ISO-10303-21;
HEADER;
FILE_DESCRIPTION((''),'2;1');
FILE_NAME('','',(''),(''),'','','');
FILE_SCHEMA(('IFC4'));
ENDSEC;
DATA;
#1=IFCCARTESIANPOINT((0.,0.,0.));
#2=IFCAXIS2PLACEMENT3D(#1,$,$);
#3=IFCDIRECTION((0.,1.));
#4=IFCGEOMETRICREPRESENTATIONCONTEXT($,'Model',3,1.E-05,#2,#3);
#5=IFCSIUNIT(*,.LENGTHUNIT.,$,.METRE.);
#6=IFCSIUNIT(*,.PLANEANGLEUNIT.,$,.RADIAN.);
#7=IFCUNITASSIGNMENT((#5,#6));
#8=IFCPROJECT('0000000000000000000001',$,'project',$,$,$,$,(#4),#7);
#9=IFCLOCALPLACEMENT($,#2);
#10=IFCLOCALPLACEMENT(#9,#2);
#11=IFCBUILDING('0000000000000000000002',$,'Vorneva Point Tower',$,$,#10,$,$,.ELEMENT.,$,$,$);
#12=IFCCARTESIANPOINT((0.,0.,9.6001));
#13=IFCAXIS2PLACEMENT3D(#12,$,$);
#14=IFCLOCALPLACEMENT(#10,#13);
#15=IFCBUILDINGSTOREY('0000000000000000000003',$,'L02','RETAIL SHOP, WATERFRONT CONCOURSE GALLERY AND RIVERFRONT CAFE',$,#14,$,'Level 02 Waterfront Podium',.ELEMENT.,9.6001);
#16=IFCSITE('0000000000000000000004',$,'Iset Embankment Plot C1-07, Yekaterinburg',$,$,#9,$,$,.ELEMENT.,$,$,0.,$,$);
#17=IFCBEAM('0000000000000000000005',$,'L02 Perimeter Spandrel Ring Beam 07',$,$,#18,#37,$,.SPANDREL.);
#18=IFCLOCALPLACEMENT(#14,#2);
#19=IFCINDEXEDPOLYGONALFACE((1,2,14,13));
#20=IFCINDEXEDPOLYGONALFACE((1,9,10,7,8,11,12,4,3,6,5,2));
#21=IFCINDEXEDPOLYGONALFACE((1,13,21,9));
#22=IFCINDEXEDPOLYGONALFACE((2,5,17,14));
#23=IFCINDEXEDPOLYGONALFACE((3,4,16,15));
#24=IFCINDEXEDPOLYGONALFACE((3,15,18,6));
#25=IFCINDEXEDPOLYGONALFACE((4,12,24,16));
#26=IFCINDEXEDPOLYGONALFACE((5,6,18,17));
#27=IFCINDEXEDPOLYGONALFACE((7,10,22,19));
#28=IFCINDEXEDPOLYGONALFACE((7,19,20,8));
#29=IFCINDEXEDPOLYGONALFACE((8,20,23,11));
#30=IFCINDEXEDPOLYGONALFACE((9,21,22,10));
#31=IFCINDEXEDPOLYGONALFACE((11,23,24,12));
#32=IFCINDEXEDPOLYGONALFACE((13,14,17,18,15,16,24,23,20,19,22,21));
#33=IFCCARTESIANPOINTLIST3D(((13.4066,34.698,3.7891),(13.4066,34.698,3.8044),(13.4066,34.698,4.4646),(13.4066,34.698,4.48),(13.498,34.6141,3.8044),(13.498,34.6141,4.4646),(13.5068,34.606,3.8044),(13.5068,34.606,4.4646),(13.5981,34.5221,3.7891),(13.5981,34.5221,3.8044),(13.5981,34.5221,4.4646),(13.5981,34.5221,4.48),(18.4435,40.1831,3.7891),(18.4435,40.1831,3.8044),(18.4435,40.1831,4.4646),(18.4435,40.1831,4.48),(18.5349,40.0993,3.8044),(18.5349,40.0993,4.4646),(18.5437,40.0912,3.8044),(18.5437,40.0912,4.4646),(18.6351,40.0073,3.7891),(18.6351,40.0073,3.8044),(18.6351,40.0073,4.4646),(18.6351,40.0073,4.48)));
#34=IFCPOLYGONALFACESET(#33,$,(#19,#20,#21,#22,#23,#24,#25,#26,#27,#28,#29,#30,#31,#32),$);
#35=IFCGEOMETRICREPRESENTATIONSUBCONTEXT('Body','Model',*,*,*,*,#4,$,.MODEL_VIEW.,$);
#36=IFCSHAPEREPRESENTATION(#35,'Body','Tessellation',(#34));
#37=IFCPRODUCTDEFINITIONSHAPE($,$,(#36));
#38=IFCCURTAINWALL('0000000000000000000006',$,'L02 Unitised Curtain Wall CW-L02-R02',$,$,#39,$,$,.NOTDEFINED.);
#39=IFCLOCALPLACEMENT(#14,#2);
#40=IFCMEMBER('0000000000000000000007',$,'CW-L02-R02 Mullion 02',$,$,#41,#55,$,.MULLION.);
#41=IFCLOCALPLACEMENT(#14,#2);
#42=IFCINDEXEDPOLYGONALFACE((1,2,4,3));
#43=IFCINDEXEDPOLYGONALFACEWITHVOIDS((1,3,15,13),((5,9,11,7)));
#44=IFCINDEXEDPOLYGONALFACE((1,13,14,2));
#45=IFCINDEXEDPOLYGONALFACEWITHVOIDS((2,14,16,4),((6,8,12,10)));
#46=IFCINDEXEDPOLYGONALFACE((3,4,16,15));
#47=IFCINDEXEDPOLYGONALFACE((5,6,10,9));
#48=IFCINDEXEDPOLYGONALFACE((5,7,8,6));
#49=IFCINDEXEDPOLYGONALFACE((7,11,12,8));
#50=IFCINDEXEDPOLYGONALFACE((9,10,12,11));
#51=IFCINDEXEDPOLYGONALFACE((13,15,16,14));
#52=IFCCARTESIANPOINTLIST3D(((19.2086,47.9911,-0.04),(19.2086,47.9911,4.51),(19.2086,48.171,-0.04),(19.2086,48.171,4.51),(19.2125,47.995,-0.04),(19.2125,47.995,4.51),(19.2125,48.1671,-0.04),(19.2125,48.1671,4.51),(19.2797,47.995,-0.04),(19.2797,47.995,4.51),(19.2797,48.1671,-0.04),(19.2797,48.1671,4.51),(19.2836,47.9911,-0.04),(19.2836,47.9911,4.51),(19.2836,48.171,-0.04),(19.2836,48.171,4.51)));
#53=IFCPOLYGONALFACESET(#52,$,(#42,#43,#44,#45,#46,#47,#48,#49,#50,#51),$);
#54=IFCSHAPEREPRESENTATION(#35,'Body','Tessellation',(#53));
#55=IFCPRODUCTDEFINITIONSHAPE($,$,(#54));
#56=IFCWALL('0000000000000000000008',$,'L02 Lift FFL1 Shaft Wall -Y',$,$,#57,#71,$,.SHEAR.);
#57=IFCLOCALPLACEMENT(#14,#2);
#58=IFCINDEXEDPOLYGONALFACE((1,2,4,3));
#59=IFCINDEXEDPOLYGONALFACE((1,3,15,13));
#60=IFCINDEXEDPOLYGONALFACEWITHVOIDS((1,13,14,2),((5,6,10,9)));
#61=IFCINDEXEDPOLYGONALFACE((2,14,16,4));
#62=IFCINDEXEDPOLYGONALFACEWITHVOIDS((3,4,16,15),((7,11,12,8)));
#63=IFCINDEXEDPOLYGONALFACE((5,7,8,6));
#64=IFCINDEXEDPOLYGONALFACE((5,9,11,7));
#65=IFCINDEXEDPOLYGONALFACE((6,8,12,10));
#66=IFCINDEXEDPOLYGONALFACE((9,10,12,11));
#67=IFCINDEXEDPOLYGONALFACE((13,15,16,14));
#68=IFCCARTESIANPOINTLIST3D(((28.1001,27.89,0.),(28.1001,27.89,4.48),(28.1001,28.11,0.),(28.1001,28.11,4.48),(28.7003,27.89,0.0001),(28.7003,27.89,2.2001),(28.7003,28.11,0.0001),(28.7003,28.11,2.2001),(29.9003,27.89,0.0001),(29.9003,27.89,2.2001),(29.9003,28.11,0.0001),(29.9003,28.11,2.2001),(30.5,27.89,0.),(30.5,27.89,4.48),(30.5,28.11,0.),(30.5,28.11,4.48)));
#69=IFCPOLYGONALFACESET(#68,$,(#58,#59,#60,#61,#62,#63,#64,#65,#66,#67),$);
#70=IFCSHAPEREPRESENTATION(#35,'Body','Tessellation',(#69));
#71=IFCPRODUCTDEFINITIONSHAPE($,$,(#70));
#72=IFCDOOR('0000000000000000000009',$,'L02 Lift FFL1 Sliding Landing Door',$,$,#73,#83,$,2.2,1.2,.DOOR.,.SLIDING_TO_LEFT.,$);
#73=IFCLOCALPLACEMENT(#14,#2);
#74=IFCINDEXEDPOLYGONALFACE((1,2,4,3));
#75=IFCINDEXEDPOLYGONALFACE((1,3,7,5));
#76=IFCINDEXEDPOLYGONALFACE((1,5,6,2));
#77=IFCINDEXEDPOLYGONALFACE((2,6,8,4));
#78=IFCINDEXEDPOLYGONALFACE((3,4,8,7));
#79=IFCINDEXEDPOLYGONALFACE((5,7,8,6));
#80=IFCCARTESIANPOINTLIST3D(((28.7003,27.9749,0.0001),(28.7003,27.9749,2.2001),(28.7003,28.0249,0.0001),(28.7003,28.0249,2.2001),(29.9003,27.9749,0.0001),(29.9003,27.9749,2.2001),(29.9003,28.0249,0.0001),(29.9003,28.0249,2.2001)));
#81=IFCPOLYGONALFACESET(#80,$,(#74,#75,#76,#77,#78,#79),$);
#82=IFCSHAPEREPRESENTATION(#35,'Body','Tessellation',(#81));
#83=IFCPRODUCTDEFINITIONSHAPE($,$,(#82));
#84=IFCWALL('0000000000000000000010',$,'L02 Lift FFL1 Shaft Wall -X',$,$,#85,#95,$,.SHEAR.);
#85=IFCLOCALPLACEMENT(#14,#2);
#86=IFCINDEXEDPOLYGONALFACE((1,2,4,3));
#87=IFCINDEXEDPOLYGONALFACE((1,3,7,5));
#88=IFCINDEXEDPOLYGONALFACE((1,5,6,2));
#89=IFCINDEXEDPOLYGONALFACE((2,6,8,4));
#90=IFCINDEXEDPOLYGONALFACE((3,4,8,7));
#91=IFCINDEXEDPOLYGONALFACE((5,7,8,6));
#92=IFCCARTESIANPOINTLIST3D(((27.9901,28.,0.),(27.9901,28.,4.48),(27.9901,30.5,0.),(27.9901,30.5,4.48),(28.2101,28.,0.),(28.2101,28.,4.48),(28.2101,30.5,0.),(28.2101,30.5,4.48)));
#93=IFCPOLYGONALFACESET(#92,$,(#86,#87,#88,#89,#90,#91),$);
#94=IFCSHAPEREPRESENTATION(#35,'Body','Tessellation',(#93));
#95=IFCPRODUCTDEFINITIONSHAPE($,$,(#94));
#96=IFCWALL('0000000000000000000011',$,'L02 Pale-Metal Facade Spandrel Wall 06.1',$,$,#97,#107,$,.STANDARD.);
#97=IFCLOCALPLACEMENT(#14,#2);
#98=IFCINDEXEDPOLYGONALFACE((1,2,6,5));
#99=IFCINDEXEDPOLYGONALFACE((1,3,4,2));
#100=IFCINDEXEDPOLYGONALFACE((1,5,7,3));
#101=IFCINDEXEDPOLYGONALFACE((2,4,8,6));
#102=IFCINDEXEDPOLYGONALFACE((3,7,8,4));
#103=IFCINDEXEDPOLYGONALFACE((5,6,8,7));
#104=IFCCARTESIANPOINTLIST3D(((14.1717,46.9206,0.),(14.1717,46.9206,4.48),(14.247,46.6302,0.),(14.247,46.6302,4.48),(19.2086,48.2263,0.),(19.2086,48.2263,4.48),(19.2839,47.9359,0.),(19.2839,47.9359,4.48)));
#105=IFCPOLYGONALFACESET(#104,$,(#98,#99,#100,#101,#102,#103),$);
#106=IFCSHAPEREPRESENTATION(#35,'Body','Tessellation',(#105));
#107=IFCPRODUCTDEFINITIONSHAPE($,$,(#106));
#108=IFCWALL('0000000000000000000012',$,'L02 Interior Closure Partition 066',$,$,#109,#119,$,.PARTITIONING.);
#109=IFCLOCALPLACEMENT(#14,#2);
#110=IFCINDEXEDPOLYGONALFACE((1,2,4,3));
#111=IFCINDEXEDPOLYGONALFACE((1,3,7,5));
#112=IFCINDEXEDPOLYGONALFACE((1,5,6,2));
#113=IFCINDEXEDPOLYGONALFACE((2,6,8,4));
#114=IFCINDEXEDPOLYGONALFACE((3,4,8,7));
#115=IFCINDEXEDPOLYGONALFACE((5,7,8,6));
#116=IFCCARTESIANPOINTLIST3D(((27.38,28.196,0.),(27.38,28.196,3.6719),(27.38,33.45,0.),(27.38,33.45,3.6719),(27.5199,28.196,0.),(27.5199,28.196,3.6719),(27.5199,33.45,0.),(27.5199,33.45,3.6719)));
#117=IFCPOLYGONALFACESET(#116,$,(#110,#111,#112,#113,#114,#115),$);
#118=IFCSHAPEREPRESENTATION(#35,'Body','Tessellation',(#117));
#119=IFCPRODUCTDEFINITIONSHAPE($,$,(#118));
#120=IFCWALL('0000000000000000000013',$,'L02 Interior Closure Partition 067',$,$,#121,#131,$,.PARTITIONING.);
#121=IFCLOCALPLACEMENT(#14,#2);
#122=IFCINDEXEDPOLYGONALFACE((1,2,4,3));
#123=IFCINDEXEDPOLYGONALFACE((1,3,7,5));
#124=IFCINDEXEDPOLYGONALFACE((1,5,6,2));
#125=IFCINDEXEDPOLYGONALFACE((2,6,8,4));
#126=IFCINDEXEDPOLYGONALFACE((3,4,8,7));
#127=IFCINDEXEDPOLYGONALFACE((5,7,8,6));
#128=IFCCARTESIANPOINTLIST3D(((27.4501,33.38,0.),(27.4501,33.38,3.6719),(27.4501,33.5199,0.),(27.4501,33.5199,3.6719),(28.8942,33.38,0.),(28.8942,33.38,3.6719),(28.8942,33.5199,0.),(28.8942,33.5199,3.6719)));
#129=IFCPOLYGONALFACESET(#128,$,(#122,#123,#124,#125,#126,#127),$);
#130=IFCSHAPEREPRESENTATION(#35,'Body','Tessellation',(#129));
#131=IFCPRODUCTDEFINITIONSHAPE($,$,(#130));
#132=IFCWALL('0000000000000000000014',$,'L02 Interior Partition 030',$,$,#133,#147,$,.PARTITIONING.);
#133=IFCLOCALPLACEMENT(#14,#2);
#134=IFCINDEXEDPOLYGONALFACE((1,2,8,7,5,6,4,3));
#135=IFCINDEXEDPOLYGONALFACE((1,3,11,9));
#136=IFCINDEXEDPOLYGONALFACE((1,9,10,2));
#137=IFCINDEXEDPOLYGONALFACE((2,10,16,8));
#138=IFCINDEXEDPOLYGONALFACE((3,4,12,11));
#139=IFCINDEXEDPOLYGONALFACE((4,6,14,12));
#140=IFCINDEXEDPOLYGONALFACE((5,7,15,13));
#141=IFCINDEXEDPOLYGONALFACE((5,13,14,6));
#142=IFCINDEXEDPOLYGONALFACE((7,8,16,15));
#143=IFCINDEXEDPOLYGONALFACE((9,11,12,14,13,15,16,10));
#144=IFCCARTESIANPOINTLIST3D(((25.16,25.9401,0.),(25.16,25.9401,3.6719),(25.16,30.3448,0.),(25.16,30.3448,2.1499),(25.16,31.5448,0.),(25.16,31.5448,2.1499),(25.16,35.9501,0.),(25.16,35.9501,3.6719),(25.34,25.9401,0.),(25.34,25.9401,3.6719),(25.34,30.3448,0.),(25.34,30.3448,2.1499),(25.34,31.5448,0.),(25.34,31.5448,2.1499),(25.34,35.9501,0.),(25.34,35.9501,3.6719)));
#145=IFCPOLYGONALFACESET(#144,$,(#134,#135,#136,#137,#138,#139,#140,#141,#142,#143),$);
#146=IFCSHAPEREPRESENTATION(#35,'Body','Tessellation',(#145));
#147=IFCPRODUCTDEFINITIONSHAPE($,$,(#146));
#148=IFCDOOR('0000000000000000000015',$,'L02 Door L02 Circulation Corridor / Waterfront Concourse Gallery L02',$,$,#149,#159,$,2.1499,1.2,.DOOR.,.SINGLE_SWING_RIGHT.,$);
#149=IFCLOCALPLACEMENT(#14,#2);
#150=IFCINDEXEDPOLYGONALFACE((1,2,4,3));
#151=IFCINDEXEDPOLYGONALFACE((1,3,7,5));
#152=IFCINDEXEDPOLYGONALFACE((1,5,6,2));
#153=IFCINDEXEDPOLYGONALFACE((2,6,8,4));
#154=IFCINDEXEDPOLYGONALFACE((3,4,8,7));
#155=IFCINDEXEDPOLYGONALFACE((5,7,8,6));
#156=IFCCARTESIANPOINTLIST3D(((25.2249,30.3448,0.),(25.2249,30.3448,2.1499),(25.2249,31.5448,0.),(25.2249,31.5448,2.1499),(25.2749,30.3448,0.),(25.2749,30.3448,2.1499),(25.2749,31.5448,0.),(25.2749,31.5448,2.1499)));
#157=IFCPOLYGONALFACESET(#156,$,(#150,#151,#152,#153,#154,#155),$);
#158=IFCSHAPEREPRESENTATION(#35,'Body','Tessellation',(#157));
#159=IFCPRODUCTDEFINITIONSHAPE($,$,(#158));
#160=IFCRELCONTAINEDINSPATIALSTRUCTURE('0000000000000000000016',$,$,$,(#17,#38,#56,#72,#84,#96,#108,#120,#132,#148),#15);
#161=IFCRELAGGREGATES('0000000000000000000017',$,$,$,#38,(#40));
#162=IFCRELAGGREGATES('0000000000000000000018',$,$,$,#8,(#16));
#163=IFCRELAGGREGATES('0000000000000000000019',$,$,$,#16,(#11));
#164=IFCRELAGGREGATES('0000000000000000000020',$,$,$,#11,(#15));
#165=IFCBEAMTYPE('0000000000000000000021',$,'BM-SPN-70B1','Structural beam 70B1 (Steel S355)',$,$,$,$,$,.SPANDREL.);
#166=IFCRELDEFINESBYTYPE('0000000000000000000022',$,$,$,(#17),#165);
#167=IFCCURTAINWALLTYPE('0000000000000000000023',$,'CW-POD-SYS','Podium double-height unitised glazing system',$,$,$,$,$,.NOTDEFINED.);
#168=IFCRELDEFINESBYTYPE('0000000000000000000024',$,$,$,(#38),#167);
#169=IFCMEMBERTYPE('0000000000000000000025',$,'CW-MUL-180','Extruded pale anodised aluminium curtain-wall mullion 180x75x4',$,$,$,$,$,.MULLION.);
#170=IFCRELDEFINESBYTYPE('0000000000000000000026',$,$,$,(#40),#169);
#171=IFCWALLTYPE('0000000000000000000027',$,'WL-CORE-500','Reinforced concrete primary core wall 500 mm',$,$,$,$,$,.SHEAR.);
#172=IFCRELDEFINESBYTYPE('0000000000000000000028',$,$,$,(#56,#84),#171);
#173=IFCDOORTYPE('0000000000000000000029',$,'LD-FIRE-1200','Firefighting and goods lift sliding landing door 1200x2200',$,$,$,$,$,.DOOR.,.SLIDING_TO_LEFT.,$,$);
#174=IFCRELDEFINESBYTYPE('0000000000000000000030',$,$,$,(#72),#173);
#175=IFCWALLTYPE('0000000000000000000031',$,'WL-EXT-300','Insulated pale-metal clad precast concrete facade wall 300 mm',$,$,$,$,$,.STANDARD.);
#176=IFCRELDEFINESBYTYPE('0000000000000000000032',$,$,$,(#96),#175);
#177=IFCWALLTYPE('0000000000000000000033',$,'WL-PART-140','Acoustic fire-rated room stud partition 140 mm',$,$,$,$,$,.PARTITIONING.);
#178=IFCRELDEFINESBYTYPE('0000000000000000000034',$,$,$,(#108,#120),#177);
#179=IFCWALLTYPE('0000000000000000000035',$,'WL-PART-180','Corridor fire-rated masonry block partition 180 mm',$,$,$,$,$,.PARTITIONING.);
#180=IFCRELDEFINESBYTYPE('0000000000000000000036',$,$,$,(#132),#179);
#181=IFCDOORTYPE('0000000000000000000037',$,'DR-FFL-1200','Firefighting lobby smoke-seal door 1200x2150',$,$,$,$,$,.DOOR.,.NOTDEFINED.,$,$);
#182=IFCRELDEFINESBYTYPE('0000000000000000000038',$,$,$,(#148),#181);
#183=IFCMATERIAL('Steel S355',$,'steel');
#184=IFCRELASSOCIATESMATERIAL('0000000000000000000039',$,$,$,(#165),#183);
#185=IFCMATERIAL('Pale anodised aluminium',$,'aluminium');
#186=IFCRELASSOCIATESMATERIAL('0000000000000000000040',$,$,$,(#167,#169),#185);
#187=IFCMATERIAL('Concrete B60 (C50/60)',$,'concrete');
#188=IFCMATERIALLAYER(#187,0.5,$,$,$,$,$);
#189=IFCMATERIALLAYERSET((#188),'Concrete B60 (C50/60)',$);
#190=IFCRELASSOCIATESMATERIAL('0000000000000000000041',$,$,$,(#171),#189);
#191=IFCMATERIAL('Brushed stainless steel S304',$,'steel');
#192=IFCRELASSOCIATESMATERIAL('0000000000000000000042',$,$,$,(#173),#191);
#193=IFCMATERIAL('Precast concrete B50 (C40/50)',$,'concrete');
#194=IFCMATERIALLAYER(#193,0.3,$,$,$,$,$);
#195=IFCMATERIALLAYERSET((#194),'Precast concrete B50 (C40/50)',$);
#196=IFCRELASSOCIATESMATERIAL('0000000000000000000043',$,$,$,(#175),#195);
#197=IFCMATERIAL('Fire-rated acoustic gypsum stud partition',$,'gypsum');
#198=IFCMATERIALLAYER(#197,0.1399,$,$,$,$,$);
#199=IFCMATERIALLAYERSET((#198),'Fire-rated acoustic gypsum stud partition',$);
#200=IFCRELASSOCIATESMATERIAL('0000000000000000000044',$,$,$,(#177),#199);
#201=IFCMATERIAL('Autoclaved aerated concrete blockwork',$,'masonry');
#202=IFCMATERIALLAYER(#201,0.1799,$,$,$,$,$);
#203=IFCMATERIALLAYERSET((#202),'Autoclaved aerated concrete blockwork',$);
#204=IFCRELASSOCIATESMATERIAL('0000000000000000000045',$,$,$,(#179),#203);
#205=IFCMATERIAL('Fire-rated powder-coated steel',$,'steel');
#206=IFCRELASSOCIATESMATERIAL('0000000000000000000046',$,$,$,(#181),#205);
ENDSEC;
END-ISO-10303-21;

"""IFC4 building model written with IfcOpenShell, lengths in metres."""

from ifc_helpers import new_model, si_unit, direction, frame, frame_2d, origin, origin_2d, place, context, subcontext, project, spatial, rectangle, hollow_rectangle, i_section, extrude, material, layer, layer_set, material_profile, profile_set, type_object, element, fill, aggregate, save


model = new_model("IFC4")

# Units and contexts
model_context = context("Model", 3, precision=1e-05, world=origin(), true_north=direction((0.0, 1.0)))
body_context = subcontext(model_context, "Body", "Model", "MODEL_VIEW")
ifc_project = project(units=[si_unit("LENGTHUNIT", "METRE"), si_unit("PLANEANGLEUNIT", "RADIAN")], contexts=[model_context])

# Site, building, storey
site_placement = place(None, origin())
site = spatial("IfcSite", under=ifc_project, at=site_placement, Name="Iset Embankment Plot C1-07, Yekaterinburg", CompositionType="ELEMENT", RefElevation=0.0)
building_placement = place(site_placement, origin())
building = spatial("IfcBuilding", under=site, at=building_placement, Name="Vorneva Point Tower", CompositionType="ELEMENT")
storey_placement = place(building_placement, frame((0.0, 0.0, 9.6001)))
storey = spatial("IfcBuildingStorey", under=building, at=storey_placement, Name="L02", Description="RETAIL SHOP, WATERFRONT CONCOURSE GALLERY AND RIVERFRONT CAFE", LongName="Level 02 Waterfront Podium", CompositionType="ELEMENT", Elevation=9.6001)

# Shared definitions
ifc_material_1 = material(Name="Concrete B60 (C50/60)", Category="concrete")

# Beam
ifc_material_2 = material(Name="Steel S355", Category="steel")
ifc_material_profile_1 = material_profile(ifc_material_2, i_section(OverallWidth=0.26, OverallDepth=0.6909, WebThickness=0.012, FlangeThickness=0.0154, at=origin_2d()), Name="70B1")
ifc_profile_set_1 = profile_set([ifc_material_profile_1], Name="Steel S355")
beam_type_1 = type_object("IfcBeamType", Name="BM-SPN-70B1", Description="Structural beam 70B1 (Steel S355)", PredefinedType="SPANDREL", material=ifc_profile_set_1)
beam_1_placement = place(storey_placement, frame((18.5393, 40.0952, 4.1345), z_axis=(-0.67637, -0.736562, 0.0), x_axis=(0.736562, -0.67637, 0.0)))
element("IfcBeam", 1, at=beam_1_placement, inside=storey, type_object=beam_type_1, Name="L02 Perimeter Spandrel Ring Beam 07", PredefinedType="SPANDREL", context=body_context, shape_type="SweptSolid", body=[
    extrude(i_section(OverallWidth=0.26, OverallDepth=0.6909, WebThickness=0.012, FlangeThickness=0.0154, at=origin_2d()), origin(), (0.0, 0.0, 1.0), 7.447),
])

# Curtain wall, member
ifc_material_3 = material(Name="Pale anodised aluminium", Category="aluminium")
curtain_wall_type = type_object("IfcCurtainWallType", Name="CW-POD-SYS", Description="Podium double-height unitised glazing system", PredefinedType="NOTDEFINED", material=ifc_material_3)
curtain_wall_placement = place(storey_placement, origin())
curtain_wall = element("IfcCurtainWall", 2, at=curtain_wall_placement, inside=storey, type_object=curtain_wall_type, Name="L02 Unitised Curtain Wall CW-L02-R02", PredefinedType="NOTDEFINED")
ifc_material_profile_2 = material_profile(ifc_material_3, hollow_rectangle(XDim=0.075, YDim=0.1799, WallThickness=0.0039, at=origin_2d()), Name="AL-MUL 180x75x4")
ifc_profile_set_2 = profile_set([ifc_material_profile_2], Name="Pale anodised aluminium")
member_type = type_object("IfcMemberType", Name="CW-MUL-180", Description="Extruded pale anodised aluminium curtain-wall mullion 180x75x4", PredefinedType="MULLION", material=ifc_profile_set_2)
member_placement = place(storey_placement, frame((19.2461, 48.0811, -0.04), z_axis=(0.0, 0.0, 1.0), x_axis=(1.0, 0.0, 0.0)))
member = element("IfcMember", 3, at=member_placement, type_object=member_type, Name="CW-L02-R02 Mullion 02", PredefinedType="MULLION", context=body_context, shape_type="SweptSolid", body=[
    extrude(hollow_rectangle(XDim=0.075, YDim=0.1799, WallThickness=0.0039, at=origin_2d()), origin(), (0.0, 0.0, 1.0), 4.55),
])
aggregate(curtain_wall, [member])

# Wall, opening, door
ifc_layer_1 = layer(ifc_material_1, 0.5)
ifc_layer_set_1 = layer_set([ifc_layer_1], Name="Concrete B60 (C50/60)")
wall_type_1 = type_object("IfcWallType", Name="WL-CORE-500", Description="Reinforced concrete primary core wall 500 mm", PredefinedType="SHEAR", material=ifc_layer_set_1)
wall_1_placement = place(storey_placement, frame((28.1001, 28.0, 0.0), z_axis=(0.0, 0.0, 1.0), x_axis=(1.0, 0.0, 0.0)))
wall_1 = element("IfcWall", 4, at=wall_1_placement, inside=storey, type_object=wall_type_1, Name="L02 Lift FFL1 Shaft Wall -Y", PredefinedType="SHEAR", context=body_context, shape_type="SweptSolid", body=[
    extrude(rectangle(XDim=2.3999, YDim=0.22, at=frame_2d((1.2, 0.0))), origin(), (0.0, 0.0, 1.0), 4.48),
])
opening_1_placement = place(wall_1_placement, frame((0.6001, 0.0, 0.0)))
opening_1 = element("IfcOpeningElement", 5, at=opening_1_placement, cuts=wall_1, PredefinedType="OPENING", context=body_context, shape_type="SweptSolid", body=[
    extrude(rectangle(XDim=1.2, YDim=2.2, at=frame_2d((0.6001, 1.1001))), frame((0.0, 0.125, 0.0), z_axis=(0.0, -1.0, 0.0), x_axis=(1.0, 0.0, 0.0)), (0.0, 0.0, 1.0), 0.2498),
])
ifc_material_4 = material(Name="Brushed stainless steel S304", Category="steel")
door_type_1 = type_object("IfcDoorType", Name="LD-FIRE-1200", Description="Firefighting and goods lift sliding landing door 1200x2200", OperationType="SLIDING_TO_LEFT", PredefinedType="DOOR", material=ifc_material_4)
door_1_placement = place(opening_1_placement, origin())
door_1 = element("IfcDoor", 6, at=door_1_placement, inside=storey, type_object=door_type_1, Name="L02 Lift FFL1 Sliding Landing Door", OperationType="SLIDING_TO_LEFT", OverallHeight=2.2, OverallWidth=1.2, PredefinedType="DOOR", context=body_context, shape_type="SweptSolid", body=[
    extrude(rectangle(XDim=1.2, YDim=2.2, at=frame_2d((0.6001, 1.1001))), frame((0.0, 0.0249, 0.0), z_axis=(0.0, -1.0, 0.0), x_axis=(1.0, 0.0, 0.0)), (0.0, 0.0, 1.0), 0.05),
])
fill(opening_1, door_1)

# Walls
wall_2_placement = place(storey_placement, frame((28.1001, 30.5, 0.0), z_axis=(0.0, 0.0, 1.0), x_axis=(0.0, -1.0, 0.0)))
element("IfcWall", 7, at=wall_2_placement, inside=storey, type_object=wall_type_1, Name="L02 Lift FFL1 Shaft Wall -X", PredefinedType="SHEAR", context=body_context, shape_type="SweptSolid", body=[
    extrude(rectangle(XDim=2.5, YDim=0.22, at=frame_2d((1.25, 0.0))), origin(), (0.0, 0.0, 1.0), 4.48),
])
ifc_material_5 = material(Name="Precast concrete B50 (C40/50)", Category="concrete")
ifc_layer_2 = layer(ifc_material_5, 0.3)
ifc_layer_set_2 = layer_set([ifc_layer_2], Name="Precast concrete B50 (C40/50)")
wall_type_2 = type_object("IfcWallType", Name="WL-EXT-300", Description="Insulated pale-metal clad precast concrete facade wall 300 mm", PredefinedType="STANDARD", material=ifc_layer_set_2)
wall_3_placement = place(storey_placement, frame((19.2461, 48.0811, 0.0), z_axis=(0.0, 0.0, 1.0), x_axis=(-0.968006, -0.250928, 0.0)))
element("IfcWall", 8, at=wall_3_placement, inside=storey, type_object=wall_type_2, Name="L02 Pale-Metal Facade Spandrel Wall 06.1", PredefinedType="STANDARD", context=body_context, shape_type="SweptSolid", body=[
    extrude(rectangle(XDim=5.2034, YDim=0.3, at=frame_2d((2.6016, 0.0))), origin(), (0.0, 0.0, 1.0), 4.48),
])
ifc_material_6 = material(Name="Fire-rated acoustic gypsum stud partition", Category="gypsum")
ifc_layer_3 = layer(ifc_material_6, 0.1399)
ifc_layer_set_3 = layer_set([ifc_layer_3], Name="Fire-rated acoustic gypsum stud partition")
wall_type_3 = type_object("IfcWallType", Name="WL-PART-140", Description="Acoustic fire-rated room stud partition 140 mm", PredefinedType="PARTITIONING", material=ifc_layer_set_3)
wall_4_placement = place(storey_placement, frame((27.45, 28.196, 0.0), z_axis=(0.0, 0.0, 1.0), x_axis=(0.0, 1.0, 0.0)))
element("IfcWall", 9, at=wall_4_placement, inside=storey, type_object=wall_type_3, Name="L02 Interior Closure Partition 066", PredefinedType="PARTITIONING", context=body_context, shape_type="SweptSolid", body=[
    extrude(rectangle(XDim=5.2539, YDim=0.1399, at=frame_2d((2.627, 0.0))), origin(), (0.0, 0.0, 1.0), 3.6719),
])
wall_5_placement = place(storey_placement, frame((27.45, 33.45, 0.0), z_axis=(0.0, 0.0, 1.0), x_axis=(1.0, 0.0, 0.0)))
element("IfcWall", 10, at=wall_5_placement, inside=storey, type_object=wall_type_3, Name="L02 Interior Closure Partition 067", PredefinedType="PARTITIONING", context=body_context, shape_type="SweptSolid", body=[
    extrude(rectangle(XDim=1.4441, YDim=0.1399, at=frame_2d((0.7222, 0.0))), origin(), (0.0, 0.0, 1.0), 3.6719),
])

# Wall, opening, door
ifc_material_7 = material(Name="Autoclaved aerated concrete blockwork", Category="masonry")
ifc_layer_4 = layer(ifc_material_7, 0.1799)
ifc_layer_set_4 = layer_set([ifc_layer_4], Name="Autoclaved aerated concrete blockwork")
wall_type_4 = type_object("IfcWallType", Name="WL-PART-180", Description="Corridor fire-rated masonry block partition 180 mm", PredefinedType="PARTITIONING", material=ifc_layer_set_4)
ifc_material_8 = material(Name="Fire-rated powder-coated steel", Category="steel")
door_type_2 = type_object("IfcDoorType", Name="DR-FFL-1200", Description="Firefighting lobby smoke-seal door 1200x2150", OperationType="NOTDEFINED", PredefinedType="DOOR", material=ifc_material_8)
wall_6_placement = place(storey_placement, frame((25.25, 35.95, 0.0), z_axis=(0.0, 0.0, 1.0), x_axis=(0.0, -1.0, 0.0)))
wall_6 = element("IfcWall", 11, at=wall_6_placement, inside=storey, type_object=wall_type_4, Name="L02 Interior Partition 030", PredefinedType="PARTITIONING", context=body_context, shape_type="SweptSolid", body=[
    extrude(rectangle(XDim=10.01, YDim=0.1799, at=frame_2d((5.0049, 0.0))), origin(), (0.0, 0.0, 1.0), 3.6719),
])
opening_2_placement = place(wall_6_placement, frame((4.405, 0.0, 0.0)))
opening_2 = element("IfcOpeningElement", 12, at=opening_2_placement, cuts=wall_6, PredefinedType="OPENING", context=body_context, shape_type="SweptSolid", body=[
    extrude(rectangle(XDim=1.2, YDim=2.1499, at=frame_2d((0.6001, 1.075))), frame((0.0, 0.105, 0.0), z_axis=(0.0, -1.0, 0.0), x_axis=(1.0, 0.0, 0.0)), (0.0, 0.0, 1.0), 0.2097),
])
door_2_placement = place(opening_2_placement, origin())
door_2 = element("IfcDoor", 13, at=door_2_placement, inside=storey, type_object=door_type_2, Name="L02 Door L02 Circulation Corridor / Waterfront Concourse Gallery L02", OperationType="SINGLE_SWING_RIGHT", OverallHeight=2.1499, OverallWidth=1.2, PredefinedType="DOOR", context=body_context, shape_type="SweptSolid", body=[
    extrude(rectangle(XDim=1.2, YDim=2.1499, at=frame_2d((0.6001, 1.075))), frame((0.0, 0.0249, 0.0), z_axis=(0.0, -1.0, 0.0), x_axis=(1.0, 0.0, 0.0)), (0.0, 0.0, 1.0), 0.05),
])
fill(opening_2, door_2)

save(model, "model.ifc")
